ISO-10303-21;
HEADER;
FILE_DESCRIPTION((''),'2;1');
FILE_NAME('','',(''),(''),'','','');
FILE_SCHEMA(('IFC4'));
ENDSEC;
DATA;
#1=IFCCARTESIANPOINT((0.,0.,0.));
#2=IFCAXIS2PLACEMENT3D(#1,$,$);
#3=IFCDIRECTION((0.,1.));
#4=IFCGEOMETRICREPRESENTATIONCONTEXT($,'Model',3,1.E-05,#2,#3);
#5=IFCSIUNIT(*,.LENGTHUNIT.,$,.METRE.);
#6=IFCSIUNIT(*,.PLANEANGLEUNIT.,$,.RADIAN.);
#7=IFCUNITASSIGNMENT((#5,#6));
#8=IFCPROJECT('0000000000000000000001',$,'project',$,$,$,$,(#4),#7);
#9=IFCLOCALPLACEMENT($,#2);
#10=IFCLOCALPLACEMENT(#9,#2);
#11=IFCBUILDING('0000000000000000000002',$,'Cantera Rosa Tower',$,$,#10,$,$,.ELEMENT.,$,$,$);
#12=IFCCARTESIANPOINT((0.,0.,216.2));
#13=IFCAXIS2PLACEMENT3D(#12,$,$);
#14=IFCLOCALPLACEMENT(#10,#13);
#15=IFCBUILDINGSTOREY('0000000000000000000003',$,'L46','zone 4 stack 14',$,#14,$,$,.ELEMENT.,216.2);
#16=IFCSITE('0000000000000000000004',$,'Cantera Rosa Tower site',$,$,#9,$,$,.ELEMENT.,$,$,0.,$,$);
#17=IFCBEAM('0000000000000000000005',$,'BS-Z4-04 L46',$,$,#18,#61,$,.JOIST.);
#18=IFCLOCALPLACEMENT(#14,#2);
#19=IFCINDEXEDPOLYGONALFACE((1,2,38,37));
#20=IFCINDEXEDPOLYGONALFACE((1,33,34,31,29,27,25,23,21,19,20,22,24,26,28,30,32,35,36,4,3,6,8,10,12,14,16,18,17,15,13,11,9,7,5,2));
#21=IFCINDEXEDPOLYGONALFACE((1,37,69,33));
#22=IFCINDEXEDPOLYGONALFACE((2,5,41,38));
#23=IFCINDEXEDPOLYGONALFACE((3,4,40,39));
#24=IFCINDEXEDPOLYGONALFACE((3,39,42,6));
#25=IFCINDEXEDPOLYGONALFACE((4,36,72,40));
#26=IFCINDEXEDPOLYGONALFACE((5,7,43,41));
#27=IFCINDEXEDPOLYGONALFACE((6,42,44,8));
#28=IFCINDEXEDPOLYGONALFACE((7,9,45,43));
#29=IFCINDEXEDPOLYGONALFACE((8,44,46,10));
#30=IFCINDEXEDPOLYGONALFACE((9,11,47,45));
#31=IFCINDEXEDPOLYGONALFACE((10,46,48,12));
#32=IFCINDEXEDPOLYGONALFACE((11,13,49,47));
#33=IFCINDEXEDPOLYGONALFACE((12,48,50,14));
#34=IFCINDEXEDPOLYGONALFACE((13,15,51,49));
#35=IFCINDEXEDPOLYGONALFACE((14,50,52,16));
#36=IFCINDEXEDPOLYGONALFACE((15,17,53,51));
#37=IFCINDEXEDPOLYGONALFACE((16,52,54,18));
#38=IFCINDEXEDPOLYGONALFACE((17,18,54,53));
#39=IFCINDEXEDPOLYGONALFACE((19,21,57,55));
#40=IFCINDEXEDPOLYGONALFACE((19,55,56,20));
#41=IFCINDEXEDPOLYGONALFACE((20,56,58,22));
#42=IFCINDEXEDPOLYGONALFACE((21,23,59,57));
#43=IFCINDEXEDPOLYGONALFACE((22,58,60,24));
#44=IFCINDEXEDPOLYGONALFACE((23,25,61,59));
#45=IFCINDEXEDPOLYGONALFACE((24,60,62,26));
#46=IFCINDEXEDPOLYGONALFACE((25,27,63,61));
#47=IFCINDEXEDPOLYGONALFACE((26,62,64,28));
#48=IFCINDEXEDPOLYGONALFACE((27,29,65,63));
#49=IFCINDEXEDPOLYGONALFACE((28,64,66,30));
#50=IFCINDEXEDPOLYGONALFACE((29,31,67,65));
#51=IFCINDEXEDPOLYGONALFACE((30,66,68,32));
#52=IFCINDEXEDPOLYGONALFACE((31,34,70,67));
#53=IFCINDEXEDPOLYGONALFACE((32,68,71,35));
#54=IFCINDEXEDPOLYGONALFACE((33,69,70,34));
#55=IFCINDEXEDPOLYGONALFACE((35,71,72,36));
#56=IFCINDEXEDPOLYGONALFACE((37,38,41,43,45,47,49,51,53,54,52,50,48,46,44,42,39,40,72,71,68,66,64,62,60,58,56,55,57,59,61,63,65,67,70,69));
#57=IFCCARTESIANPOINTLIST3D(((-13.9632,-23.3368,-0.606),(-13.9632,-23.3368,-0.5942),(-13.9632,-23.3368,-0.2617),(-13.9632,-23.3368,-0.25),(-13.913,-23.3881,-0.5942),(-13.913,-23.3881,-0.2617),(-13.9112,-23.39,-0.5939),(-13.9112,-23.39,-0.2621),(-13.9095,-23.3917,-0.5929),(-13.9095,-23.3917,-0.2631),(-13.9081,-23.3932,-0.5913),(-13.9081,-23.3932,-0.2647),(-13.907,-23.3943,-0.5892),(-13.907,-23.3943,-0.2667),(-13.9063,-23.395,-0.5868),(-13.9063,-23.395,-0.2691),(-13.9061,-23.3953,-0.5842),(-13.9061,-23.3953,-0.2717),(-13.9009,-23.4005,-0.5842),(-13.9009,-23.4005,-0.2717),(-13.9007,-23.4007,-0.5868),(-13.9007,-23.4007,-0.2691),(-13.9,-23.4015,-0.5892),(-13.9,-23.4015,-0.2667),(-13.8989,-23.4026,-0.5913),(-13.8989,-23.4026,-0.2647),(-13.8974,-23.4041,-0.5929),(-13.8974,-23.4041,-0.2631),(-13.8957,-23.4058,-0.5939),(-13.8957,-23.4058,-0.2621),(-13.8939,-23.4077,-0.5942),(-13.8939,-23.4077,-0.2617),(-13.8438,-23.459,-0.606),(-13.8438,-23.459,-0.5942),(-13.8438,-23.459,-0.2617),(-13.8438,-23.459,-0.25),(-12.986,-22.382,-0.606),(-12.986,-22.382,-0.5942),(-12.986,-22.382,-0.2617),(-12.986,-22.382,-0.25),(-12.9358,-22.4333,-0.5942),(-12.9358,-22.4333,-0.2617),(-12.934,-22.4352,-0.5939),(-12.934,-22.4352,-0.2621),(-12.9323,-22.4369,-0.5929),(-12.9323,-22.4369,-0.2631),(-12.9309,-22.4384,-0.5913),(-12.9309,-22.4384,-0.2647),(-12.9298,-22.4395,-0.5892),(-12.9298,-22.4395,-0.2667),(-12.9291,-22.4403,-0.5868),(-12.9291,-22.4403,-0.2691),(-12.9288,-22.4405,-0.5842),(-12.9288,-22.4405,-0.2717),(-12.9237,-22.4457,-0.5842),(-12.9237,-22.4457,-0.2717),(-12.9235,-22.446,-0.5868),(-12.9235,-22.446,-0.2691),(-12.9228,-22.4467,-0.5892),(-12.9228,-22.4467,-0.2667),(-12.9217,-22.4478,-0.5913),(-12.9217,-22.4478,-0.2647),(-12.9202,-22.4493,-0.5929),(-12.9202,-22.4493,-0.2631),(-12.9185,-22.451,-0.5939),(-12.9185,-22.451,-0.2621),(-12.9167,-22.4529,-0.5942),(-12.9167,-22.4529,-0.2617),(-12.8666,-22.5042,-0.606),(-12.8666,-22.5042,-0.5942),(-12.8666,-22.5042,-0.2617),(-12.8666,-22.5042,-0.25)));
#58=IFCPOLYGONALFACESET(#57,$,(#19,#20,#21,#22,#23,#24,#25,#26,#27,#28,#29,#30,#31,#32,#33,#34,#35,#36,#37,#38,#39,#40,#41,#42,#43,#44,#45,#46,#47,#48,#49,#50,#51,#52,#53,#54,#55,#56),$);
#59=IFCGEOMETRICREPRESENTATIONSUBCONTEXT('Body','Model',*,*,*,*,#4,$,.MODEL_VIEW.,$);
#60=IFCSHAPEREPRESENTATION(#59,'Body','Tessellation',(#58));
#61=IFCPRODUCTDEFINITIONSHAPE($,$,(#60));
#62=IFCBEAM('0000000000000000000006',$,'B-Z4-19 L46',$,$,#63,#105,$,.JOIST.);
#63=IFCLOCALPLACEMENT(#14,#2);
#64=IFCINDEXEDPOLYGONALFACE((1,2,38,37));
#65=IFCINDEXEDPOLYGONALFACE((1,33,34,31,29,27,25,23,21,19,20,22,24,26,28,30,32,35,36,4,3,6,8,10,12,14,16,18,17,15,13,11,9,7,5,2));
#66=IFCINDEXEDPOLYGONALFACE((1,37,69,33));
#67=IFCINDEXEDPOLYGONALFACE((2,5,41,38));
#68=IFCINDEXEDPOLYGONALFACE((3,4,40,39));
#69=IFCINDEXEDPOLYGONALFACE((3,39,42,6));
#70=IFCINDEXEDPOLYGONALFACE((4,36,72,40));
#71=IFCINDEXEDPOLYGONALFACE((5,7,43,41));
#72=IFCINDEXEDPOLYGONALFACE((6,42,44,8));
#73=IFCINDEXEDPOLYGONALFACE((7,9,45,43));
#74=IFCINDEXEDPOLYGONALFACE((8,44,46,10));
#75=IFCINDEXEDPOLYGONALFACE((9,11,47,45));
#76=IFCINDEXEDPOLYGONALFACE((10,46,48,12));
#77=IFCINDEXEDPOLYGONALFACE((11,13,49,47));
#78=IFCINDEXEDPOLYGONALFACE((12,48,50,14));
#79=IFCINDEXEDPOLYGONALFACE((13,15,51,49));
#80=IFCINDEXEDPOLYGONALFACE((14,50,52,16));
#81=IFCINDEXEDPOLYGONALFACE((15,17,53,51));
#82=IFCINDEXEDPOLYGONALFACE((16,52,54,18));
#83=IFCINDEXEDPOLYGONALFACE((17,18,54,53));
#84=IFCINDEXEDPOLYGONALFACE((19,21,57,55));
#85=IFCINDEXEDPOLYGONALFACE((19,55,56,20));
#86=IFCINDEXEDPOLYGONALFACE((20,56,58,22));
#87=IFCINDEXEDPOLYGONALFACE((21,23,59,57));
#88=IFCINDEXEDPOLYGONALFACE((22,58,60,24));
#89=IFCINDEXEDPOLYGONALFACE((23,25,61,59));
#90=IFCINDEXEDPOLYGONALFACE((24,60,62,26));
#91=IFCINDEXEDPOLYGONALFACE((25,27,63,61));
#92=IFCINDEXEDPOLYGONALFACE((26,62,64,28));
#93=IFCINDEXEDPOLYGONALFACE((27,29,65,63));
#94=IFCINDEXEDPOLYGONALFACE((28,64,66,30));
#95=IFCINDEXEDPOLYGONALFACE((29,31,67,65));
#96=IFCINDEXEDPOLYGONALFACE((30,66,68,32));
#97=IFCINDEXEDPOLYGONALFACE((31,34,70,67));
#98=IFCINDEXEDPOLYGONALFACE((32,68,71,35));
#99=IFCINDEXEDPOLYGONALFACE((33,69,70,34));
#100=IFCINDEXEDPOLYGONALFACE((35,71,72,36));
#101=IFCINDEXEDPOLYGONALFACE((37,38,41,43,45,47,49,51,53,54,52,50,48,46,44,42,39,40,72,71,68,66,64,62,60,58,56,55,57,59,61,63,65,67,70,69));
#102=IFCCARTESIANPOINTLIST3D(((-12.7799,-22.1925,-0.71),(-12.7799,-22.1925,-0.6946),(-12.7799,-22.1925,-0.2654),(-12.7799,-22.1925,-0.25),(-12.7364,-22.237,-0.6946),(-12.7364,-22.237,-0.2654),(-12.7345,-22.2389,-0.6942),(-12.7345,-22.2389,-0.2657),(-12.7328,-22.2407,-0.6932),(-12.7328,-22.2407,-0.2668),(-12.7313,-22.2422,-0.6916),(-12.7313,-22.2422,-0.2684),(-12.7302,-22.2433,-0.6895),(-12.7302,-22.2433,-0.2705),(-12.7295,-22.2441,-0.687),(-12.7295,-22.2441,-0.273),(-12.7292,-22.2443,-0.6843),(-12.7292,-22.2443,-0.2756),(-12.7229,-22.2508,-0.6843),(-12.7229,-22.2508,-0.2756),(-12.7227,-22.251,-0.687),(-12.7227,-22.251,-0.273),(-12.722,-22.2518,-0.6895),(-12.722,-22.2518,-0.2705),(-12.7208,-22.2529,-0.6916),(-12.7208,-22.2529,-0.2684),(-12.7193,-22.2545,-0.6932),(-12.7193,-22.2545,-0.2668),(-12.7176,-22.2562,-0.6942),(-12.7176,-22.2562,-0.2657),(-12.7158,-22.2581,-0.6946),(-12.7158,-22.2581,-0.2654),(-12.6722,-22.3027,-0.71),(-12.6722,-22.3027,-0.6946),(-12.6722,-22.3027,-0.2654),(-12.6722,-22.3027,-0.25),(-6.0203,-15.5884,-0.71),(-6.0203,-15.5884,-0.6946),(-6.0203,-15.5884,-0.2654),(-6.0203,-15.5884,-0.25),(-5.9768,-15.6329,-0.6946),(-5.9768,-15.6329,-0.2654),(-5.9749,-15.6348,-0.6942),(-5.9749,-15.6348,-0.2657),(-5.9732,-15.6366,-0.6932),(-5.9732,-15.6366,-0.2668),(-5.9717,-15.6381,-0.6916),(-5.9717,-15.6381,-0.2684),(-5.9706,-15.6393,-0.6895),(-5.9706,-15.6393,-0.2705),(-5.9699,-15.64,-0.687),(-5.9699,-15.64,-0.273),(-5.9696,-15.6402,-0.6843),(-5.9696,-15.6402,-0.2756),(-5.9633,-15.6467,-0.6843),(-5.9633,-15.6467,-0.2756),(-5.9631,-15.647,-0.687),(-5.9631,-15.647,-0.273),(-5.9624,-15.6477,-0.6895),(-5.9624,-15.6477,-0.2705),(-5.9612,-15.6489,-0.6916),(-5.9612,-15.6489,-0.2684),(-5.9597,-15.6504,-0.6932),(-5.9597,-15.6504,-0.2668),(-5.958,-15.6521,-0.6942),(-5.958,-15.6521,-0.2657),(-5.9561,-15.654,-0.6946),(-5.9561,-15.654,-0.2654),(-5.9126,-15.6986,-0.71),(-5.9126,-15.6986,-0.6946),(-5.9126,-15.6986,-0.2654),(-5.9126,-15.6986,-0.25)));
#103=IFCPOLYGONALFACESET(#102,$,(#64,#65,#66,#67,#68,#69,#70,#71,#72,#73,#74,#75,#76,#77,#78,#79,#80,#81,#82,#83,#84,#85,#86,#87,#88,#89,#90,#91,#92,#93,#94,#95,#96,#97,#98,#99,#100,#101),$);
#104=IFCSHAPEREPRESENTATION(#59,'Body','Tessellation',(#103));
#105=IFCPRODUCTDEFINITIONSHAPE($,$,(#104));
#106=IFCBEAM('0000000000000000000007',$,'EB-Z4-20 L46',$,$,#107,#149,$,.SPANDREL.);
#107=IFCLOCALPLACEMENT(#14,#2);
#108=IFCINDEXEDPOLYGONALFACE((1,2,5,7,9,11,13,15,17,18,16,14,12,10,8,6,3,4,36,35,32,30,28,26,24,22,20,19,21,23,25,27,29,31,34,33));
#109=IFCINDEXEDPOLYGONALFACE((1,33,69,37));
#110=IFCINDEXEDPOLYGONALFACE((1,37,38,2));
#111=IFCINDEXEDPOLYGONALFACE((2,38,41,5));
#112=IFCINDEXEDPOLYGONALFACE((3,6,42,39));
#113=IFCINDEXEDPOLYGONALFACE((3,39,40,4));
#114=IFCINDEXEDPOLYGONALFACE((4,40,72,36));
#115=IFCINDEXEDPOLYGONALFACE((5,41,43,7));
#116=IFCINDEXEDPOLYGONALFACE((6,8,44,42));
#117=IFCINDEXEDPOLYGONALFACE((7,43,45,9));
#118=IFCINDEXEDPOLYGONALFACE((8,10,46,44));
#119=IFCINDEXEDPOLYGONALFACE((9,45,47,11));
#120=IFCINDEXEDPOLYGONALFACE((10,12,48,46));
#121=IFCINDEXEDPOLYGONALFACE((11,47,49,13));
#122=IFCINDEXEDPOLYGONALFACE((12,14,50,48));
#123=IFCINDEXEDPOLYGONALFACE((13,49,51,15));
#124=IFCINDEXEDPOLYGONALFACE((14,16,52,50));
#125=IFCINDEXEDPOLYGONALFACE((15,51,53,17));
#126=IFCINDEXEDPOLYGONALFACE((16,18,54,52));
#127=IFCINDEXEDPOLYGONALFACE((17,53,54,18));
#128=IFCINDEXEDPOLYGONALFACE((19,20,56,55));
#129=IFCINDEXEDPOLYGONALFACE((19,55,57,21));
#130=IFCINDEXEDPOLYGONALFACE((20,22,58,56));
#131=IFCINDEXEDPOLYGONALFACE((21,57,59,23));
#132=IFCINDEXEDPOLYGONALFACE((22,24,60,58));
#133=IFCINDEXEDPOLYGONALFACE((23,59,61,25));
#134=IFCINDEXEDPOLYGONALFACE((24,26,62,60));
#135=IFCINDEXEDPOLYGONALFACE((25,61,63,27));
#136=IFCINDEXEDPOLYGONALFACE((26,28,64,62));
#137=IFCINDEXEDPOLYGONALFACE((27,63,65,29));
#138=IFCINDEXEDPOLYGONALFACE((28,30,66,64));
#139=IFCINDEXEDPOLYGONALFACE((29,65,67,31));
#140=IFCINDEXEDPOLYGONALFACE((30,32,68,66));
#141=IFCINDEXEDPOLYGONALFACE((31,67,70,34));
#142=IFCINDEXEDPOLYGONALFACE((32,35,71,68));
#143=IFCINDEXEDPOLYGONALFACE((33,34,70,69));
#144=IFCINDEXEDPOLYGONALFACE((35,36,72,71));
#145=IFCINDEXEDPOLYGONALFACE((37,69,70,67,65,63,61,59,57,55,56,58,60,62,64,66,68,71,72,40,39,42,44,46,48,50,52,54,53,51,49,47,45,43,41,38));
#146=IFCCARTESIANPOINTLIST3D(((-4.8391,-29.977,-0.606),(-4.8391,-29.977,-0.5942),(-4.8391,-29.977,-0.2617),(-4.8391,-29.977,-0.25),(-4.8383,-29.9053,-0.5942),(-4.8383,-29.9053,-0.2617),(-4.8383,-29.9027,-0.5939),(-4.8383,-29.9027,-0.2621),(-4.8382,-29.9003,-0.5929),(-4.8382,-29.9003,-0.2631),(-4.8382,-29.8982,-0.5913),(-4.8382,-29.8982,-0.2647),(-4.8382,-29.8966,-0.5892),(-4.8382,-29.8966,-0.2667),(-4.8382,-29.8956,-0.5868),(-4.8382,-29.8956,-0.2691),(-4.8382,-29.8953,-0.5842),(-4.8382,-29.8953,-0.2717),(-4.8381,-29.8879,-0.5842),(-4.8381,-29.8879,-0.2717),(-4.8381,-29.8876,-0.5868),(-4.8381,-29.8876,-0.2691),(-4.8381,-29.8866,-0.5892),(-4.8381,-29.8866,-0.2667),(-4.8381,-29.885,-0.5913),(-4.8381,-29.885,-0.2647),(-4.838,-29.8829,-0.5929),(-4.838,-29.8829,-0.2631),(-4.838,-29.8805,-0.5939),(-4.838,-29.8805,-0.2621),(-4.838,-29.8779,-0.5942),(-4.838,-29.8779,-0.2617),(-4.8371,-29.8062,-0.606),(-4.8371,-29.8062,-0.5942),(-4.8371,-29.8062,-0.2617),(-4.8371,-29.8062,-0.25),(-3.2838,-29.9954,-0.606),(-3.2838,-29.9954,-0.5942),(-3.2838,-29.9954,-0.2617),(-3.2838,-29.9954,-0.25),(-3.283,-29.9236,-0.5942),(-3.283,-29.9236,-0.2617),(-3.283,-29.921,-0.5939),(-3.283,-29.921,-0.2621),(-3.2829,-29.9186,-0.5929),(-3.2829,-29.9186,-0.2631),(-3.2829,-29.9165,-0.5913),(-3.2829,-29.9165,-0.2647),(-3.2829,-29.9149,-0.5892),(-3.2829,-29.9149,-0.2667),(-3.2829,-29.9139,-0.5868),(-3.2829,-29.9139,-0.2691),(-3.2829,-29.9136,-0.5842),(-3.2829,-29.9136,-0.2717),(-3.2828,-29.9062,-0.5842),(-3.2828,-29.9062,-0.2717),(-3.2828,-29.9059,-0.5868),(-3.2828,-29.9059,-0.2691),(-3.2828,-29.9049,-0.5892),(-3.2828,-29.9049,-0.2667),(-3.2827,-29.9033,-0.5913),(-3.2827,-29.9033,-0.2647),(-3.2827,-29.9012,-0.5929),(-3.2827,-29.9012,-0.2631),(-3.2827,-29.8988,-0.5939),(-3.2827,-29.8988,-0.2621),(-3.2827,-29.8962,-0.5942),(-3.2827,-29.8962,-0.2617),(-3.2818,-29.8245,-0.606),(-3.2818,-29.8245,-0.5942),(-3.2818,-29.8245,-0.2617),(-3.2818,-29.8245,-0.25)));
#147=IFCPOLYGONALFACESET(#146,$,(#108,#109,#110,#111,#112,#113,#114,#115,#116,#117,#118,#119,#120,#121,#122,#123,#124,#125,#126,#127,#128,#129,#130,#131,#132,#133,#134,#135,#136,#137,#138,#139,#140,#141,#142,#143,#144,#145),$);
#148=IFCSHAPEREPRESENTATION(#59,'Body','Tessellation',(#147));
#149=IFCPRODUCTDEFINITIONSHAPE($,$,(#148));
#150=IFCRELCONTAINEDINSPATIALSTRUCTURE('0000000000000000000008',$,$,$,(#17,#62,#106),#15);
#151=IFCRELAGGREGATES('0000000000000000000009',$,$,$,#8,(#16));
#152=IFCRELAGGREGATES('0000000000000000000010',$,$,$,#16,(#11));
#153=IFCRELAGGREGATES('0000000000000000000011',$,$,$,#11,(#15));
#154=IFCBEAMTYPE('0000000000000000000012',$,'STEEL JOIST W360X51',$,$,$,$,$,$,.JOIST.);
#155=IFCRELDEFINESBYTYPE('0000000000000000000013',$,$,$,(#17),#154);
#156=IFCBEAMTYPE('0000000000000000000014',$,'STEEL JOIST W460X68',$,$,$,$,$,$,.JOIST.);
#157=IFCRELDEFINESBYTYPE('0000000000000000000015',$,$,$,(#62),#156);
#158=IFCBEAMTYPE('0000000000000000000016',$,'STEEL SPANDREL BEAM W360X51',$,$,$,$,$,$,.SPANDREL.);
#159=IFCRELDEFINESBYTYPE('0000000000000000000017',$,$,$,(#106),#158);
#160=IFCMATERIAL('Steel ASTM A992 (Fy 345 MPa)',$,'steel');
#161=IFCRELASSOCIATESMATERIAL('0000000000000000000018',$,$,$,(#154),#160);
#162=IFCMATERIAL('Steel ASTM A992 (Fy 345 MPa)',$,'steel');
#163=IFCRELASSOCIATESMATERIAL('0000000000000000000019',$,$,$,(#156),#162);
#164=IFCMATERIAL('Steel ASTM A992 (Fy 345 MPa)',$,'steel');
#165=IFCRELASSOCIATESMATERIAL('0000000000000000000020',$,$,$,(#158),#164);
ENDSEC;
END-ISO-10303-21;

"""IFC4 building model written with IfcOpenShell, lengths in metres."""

from ifc_helpers import new_model, si_unit, direction, frame, origin, origin_2d, place, context, subcontext, project, spatial, i_section, extrude, material, material_profile, profile_set, type_object, element, save


model = new_model("IFC4")

# Units and contexts
model_context = context("Model", 3, precision=1e-05, world=origin(), true_north=direction((0.0, 1.0)))
body_context = subcontext(model_context, "Body", "Model", "MODEL_VIEW")
ifc_project = project(units=[si_unit("LENGTHUNIT", "METRE"), si_unit("PLANEANGLEUNIT", "RADIAN")], contexts=[model_context])

# Site, building, storey
site_placement = place(None, origin())
site = spatial("IfcSite", under=ifc_project, at=site_placement, Name="Cantera Rosa Tower site", CompositionType="ELEMENT", RefElevation=0.0)
building_placement = place(site_placement, origin())
building = spatial("IfcBuilding", under=site, at=building_placement, Name="Cantera Rosa Tower", CompositionType="ELEMENT")
storey_placement = place(building_placement, frame((0.0, 0.0, 216.2)))
storey = spatial("IfcBuildingStorey", under=building, at=storey_placement, Name="L46", Description="zone 4 stack 14", CompositionType="ELEMENT", Elevation=216.2)

# Beams
ifc_material_1 = material(Name="Steel ASTM A992 (Fy 345 MPa)", Category="steel")
ifc_material_profile_1 = material_profile(ifc_material_1, i_section(OverallWidth=0.1709, OverallDepth=0.356, WebThickness=0.0073, FlangeThickness=0.0117, FilletRadius=0.01, at=origin_2d()), Name="W360X51")
ifc_profile_set_1 = profile_set([ifc_material_profile_1], Name="Steel ASTM A992 (Fy 345 MPa)")
beam_type_1 = type_object("IfcBeamType", Name="STEEL JOIST W360X51", PredefinedType="JOIST", material=ifc_profile_set_1)
beam_1_placement = place(storey_placement, frame((-12.9263, -22.4431, -0.428), z_axis=(-0.715279, -0.698839, 0.0), x_axis=(0.698839, -0.715279, 0.0)))
element("IfcBeam", 1, at=beam_1_placement, inside=storey, type_object=beam_type_1, Name="BS-Z4-04 L46", PredefinedType="JOIST", context=body_context, shape_type="SweptSolid", body=[
    extrude(i_section(OverallWidth=0.1709, OverallDepth=0.356, WebThickness=0.0073, FlangeThickness=0.0117, FilletRadius=0.01, at=origin_2d()), origin(), (0.0, 0.0, 1.0), 1.3662),
])
ifc_material_2 = material(Name="Steel ASTM A992 (Fy 345 MPa)", Category="steel")
ifc_material_profile_2 = material_profile(ifc_material_2, i_section(OverallWidth=0.1541, OverallDepth=0.46, WebThickness=0.009, FlangeThickness=0.0154, FilletRadius=0.0103, at=origin_2d()), Name="W460X68")
ifc_profile_set_2 = profile_set([ifc_material_profile_2], Name="Steel ASTM A992 (Fy 345 MPa)")
beam_type_2 = type_object("IfcBeamType", Name="STEEL JOIST W460X68", PredefinedType="JOIST", material=ifc_profile_set_2)
beam_2_placement = place(storey_placement, frame((-12.7261, -22.2476, -0.48), z_axis=(0.715287, 0.698831, 0.0), x_axis=(-0.698831, 0.715287, 0.0)))
element("IfcBeam", 2, at=beam_2_placement, inside=storey, type_object=beam_type_2, Name="B-Z4-19 L46", PredefinedType="JOIST", context=body_context, shape_type="SweptSolid", body=[
    extrude(i_section(OverallWidth=0.1541, OverallDepth=0.46, WebThickness=0.009, FlangeThickness=0.0154, FilletRadius=0.0103, at=origin_2d()), origin(), (0.0, 0.0, 1.0), 9.4502),
])
ifc_material_3 = material(Name="Steel ASTM A992 (Fy 345 MPa)", Category="steel")
ifc_material_profile_3 = material_profile(ifc_material_3, i_section(OverallWidth=0.1709, OverallDepth=0.356, WebThickness=0.0073, FlangeThickness=0.0117, FilletRadius=0.01, at=origin_2d()), Name="W360X51")
ifc_profile_set_3 = profile_set([ifc_material_profile_3], Name="Steel ASTM A992 (Fy 345 MPa)")
beam_type_3 = type_object("IfcBeamType", Name="STEEL SPANDREL BEAM W360X51", PredefinedType="SPANDREL", material=ifc_profile_set_3)
beam_3_placement = place(storey_placement, frame((-4.8381, -29.8916, -0.428), z_axis=(0.999931, -0.011771, 0.0), x_axis=(0.011771, 0.999931, 0.0)))
element("IfcBeam", 3, at=beam_3_placement, inside=storey, type_object=beam_type_3, Name="EB-Z4-20 L46", PredefinedType="SPANDREL", context=body_context, shape_type="SweptSolid", body=[
    extrude(i_section(OverallWidth=0.1709, OverallDepth=0.356, WebThickness=0.0073, FlangeThickness=0.0117, FilletRadius=0.01, at=origin_2d()), origin(), (0.0, 0.0, 1.0), 1.5554),
])

save(model, "model.ifc")
